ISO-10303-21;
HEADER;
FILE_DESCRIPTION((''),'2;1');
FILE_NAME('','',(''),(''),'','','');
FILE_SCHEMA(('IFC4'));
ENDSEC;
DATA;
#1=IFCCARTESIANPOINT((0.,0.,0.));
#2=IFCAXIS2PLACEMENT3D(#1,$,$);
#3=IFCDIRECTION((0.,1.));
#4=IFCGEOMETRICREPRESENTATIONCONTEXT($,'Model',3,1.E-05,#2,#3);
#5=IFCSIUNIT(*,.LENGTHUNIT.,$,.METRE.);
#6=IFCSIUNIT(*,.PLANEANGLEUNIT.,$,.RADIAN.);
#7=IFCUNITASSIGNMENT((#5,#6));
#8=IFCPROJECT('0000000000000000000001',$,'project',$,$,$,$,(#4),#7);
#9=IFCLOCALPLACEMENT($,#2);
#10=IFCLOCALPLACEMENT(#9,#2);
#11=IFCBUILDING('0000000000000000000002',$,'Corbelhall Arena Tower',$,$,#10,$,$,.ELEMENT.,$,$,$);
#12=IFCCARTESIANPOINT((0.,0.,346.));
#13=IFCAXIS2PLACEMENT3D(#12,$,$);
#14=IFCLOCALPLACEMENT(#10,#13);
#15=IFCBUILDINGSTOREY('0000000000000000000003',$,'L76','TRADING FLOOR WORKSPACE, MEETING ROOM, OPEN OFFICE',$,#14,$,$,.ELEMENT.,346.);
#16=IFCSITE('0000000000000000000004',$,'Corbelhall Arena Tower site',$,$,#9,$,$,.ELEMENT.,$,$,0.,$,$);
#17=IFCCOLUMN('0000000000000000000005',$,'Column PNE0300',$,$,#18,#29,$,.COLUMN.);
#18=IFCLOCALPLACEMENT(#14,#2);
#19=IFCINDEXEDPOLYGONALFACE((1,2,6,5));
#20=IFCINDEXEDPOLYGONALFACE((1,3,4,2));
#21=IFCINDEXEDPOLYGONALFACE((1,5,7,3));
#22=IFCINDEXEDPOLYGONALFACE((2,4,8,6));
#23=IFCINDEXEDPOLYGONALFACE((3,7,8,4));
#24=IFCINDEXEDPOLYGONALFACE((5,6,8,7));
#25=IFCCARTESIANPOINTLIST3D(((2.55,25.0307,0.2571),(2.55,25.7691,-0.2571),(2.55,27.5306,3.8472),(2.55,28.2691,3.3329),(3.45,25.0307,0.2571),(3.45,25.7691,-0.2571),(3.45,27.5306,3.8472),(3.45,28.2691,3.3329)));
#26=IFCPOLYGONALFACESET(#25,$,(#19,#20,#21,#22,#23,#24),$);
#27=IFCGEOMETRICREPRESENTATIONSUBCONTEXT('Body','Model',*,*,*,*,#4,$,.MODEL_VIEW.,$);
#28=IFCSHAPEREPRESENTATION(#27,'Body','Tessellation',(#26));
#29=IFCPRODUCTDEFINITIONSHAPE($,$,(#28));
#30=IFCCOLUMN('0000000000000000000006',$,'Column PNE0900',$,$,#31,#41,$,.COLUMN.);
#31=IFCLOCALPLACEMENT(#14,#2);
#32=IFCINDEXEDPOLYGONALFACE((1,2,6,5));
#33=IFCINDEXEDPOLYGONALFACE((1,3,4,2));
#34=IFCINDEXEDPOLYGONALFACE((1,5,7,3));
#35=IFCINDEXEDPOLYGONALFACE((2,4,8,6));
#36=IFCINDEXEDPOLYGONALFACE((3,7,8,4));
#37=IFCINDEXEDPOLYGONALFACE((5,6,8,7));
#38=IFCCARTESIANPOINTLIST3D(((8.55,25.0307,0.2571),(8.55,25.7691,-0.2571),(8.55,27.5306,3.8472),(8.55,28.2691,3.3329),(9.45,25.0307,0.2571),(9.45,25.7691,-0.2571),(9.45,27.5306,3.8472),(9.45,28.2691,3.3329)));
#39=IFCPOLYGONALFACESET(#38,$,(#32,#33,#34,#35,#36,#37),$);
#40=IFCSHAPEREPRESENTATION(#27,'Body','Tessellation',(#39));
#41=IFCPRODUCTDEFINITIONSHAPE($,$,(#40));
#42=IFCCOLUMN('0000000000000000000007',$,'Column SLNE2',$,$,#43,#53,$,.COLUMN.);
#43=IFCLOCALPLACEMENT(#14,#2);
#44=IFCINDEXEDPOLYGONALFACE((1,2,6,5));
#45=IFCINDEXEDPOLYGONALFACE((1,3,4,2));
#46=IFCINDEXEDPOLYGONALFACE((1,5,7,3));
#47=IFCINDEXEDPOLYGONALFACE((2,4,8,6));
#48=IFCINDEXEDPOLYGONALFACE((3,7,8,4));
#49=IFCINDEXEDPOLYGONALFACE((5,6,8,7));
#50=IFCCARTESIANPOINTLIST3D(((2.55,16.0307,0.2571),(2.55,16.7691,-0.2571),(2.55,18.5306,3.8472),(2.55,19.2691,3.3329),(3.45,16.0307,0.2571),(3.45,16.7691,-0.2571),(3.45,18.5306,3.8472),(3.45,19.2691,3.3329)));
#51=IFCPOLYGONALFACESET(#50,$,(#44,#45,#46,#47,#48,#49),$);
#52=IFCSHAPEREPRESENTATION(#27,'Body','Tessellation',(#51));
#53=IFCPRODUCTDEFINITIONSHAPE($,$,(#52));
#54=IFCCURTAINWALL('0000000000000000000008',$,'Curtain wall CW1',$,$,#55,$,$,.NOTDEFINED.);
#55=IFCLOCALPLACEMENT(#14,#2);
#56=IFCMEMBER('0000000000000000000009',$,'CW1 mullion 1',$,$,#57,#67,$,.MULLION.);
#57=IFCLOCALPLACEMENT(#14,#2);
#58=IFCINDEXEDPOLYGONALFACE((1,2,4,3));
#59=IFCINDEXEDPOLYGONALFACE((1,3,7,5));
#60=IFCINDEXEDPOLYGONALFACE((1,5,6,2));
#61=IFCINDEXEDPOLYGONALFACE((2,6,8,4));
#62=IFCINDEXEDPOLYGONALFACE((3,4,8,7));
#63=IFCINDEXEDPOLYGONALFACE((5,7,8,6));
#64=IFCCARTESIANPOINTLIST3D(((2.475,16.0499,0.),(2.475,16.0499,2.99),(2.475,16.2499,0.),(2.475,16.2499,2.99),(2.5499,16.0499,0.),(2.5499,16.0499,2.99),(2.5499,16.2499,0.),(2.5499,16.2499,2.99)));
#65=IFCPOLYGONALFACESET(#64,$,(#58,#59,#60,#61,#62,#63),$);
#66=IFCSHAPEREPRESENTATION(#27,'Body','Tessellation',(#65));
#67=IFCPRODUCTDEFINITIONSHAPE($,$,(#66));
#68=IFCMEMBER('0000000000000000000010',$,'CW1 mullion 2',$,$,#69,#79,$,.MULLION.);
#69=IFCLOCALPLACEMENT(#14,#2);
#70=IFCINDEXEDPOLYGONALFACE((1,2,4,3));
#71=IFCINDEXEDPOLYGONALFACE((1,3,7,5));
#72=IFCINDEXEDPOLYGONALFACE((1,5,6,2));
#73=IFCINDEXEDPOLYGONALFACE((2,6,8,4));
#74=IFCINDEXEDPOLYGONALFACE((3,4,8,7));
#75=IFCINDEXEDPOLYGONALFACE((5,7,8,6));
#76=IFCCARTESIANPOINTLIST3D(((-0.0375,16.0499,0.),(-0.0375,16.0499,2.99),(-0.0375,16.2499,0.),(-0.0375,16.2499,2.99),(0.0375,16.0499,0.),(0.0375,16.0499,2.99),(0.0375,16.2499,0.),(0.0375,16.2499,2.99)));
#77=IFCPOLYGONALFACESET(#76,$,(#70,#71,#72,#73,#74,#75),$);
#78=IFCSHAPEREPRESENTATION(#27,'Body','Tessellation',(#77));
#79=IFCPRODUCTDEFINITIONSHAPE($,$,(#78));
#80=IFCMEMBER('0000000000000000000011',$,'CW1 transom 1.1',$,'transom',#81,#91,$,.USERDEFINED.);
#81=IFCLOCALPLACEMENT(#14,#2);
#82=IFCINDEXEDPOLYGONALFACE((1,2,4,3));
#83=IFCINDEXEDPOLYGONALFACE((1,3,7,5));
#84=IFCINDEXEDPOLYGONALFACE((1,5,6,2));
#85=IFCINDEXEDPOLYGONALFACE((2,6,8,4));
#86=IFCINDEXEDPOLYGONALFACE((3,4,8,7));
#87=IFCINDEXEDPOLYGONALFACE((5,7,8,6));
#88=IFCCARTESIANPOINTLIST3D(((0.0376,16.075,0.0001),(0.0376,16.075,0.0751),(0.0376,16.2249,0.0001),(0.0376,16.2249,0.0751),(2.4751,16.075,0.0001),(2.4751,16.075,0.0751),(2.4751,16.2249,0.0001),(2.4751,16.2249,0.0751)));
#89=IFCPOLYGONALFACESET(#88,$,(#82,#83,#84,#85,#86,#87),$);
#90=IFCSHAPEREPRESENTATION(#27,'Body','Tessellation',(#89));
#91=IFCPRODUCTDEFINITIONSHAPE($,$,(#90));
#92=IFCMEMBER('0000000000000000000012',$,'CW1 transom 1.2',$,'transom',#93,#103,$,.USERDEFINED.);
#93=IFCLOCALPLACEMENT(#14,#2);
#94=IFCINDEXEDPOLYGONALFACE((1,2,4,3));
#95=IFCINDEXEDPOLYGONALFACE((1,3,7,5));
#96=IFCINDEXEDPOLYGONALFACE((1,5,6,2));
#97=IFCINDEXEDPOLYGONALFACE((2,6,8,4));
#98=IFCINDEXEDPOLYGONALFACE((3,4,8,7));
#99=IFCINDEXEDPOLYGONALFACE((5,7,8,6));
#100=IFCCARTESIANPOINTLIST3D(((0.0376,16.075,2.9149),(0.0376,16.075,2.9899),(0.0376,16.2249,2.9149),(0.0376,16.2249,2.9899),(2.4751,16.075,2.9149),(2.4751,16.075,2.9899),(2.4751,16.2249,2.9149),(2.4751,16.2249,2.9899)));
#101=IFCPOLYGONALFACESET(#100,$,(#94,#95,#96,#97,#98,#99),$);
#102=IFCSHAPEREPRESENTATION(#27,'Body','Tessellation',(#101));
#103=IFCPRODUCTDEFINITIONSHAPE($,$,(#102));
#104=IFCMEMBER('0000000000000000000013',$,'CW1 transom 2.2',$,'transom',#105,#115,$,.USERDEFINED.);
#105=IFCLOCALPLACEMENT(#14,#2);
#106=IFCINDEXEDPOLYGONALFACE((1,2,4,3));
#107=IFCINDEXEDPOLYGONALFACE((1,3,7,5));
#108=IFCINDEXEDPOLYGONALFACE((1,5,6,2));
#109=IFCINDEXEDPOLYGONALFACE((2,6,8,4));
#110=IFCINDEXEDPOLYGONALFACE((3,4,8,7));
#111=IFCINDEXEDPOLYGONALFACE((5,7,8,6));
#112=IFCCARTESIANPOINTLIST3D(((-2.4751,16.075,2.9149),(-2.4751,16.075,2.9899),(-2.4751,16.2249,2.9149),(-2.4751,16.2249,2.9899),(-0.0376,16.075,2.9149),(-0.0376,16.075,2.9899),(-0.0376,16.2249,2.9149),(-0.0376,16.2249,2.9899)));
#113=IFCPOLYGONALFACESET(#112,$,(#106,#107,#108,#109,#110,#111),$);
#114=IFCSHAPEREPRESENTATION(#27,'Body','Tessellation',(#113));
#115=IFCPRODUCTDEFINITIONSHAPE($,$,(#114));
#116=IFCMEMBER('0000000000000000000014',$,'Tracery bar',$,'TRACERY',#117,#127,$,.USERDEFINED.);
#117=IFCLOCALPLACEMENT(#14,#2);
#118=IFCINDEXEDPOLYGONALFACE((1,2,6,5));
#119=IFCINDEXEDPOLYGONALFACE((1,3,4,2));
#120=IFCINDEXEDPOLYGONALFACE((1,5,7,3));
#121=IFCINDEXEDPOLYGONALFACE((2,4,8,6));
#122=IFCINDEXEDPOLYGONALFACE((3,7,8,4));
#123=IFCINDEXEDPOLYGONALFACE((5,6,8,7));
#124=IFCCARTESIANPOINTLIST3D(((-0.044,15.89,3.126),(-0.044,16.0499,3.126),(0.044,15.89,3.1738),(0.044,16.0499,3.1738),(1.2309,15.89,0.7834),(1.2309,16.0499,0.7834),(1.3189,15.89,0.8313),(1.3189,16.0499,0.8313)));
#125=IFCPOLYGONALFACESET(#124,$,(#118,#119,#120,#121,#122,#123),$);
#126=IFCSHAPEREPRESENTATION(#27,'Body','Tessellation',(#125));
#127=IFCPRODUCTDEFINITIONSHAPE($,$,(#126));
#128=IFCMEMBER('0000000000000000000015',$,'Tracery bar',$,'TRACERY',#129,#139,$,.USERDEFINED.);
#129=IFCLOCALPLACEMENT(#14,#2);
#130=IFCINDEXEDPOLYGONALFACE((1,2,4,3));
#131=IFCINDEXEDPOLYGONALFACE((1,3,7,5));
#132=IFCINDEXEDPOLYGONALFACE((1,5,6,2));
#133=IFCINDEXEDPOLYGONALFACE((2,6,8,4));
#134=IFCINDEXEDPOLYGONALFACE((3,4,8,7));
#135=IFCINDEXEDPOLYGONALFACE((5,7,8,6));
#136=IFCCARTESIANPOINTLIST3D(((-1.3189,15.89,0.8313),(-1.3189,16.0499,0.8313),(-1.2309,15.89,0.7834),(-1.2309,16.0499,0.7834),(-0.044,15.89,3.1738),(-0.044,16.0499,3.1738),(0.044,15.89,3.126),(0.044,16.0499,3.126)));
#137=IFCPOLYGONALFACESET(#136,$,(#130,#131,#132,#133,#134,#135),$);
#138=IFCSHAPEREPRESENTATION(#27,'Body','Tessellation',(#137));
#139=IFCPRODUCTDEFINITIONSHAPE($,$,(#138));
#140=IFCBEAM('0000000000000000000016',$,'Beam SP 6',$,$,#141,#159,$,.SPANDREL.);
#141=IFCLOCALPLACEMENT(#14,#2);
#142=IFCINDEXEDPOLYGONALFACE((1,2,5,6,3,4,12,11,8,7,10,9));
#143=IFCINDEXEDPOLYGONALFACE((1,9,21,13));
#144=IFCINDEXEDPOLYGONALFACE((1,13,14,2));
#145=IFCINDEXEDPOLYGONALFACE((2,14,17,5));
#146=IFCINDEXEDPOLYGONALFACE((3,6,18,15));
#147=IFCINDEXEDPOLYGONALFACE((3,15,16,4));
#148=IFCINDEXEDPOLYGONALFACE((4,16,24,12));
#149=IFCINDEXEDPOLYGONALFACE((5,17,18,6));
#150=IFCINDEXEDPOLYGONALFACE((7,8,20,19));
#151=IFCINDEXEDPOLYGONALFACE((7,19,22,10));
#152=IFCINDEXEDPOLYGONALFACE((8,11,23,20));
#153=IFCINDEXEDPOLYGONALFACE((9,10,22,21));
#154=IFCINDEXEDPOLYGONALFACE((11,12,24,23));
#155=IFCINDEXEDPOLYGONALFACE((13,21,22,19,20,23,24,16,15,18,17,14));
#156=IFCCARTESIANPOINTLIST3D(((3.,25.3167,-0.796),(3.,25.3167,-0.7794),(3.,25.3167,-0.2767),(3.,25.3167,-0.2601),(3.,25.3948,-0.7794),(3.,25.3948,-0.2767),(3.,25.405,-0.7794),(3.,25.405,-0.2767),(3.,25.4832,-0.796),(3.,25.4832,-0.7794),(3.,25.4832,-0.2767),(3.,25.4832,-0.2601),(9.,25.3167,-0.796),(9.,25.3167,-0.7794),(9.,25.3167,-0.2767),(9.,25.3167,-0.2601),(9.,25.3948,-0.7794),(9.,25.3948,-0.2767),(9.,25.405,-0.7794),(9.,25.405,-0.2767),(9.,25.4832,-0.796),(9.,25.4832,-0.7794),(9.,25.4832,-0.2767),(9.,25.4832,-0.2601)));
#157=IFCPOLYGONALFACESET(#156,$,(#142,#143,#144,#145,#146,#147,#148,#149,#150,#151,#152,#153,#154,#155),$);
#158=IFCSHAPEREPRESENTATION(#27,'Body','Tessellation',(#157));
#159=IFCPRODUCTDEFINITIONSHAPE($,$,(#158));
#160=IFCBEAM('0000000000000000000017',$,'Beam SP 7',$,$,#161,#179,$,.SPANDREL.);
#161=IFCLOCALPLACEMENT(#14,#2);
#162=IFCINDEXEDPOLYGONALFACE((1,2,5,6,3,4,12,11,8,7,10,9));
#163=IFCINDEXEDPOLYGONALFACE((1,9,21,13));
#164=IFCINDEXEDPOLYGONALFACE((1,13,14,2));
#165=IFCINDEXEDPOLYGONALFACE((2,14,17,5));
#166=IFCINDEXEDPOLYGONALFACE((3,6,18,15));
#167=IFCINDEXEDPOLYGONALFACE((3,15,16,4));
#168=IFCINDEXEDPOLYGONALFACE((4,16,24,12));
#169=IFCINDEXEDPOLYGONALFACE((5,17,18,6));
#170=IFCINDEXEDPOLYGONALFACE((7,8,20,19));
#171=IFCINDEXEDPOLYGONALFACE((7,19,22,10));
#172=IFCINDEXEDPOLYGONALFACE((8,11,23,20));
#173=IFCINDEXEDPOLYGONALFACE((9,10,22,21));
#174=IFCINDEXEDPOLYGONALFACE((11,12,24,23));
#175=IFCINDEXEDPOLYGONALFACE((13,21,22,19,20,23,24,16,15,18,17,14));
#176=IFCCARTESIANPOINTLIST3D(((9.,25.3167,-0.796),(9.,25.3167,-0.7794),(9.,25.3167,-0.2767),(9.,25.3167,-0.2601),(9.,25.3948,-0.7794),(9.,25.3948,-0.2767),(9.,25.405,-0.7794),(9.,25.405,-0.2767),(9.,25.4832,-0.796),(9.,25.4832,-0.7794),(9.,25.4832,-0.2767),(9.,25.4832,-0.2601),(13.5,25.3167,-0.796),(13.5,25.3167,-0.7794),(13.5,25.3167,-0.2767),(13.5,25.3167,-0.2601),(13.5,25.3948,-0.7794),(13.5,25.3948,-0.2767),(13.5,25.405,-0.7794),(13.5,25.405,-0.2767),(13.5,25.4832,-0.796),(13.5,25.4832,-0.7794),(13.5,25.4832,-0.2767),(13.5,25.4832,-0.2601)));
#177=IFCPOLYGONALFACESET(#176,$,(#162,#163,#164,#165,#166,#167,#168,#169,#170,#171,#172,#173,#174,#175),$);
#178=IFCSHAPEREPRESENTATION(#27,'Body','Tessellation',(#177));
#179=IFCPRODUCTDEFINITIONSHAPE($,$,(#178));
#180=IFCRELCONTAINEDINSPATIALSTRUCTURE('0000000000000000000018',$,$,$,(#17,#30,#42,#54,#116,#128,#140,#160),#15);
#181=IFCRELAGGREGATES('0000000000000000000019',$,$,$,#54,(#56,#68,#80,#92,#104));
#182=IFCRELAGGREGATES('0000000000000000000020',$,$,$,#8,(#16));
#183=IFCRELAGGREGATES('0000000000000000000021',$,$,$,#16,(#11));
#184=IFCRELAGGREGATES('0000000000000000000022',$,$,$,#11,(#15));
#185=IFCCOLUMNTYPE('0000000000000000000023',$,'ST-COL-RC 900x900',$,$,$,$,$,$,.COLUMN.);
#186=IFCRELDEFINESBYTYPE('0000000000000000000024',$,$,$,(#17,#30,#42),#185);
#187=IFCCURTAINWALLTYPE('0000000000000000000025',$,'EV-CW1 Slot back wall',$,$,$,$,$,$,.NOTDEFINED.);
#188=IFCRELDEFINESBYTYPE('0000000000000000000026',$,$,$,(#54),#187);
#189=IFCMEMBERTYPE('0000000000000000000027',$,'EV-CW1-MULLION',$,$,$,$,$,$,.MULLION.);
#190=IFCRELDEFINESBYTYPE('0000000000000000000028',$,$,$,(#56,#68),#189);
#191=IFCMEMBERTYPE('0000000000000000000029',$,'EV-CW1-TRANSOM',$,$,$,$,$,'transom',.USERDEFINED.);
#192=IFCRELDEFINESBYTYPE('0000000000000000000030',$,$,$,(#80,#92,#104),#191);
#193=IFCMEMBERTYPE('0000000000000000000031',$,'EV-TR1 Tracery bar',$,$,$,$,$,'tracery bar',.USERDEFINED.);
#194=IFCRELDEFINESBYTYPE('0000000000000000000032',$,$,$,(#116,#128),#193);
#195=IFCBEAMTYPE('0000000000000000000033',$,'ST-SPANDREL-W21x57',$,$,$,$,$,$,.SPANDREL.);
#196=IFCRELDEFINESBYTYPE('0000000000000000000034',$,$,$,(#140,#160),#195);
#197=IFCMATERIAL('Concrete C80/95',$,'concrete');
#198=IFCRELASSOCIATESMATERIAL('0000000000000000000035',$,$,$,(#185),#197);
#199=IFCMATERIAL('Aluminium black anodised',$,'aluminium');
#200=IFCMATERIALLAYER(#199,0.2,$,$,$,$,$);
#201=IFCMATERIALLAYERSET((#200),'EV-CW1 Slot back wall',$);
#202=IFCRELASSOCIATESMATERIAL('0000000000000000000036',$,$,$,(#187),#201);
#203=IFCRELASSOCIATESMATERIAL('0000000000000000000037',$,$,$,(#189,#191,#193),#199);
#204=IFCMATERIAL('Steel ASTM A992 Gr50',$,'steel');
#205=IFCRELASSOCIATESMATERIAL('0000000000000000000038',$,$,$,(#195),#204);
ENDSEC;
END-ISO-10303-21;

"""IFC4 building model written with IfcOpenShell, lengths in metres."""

from ifc_helpers import new_model, si_unit, direction, frame, origin, origin_2d, place, context, subcontext, project, spatial, rectangle, i_section, extrude, material, layer, layer_set, material_profile, profile_set, type_object, element, aggregate, save


model = new_model("IFC4")

# Units and contexts
model_context = context("Model", 3, precision=1e-05, world=origin(), true_north=direction((0.0, 1.0)))
body_context = subcontext(model_context, "Body", "Model", "MODEL_VIEW")
ifc_project = project(units=[si_unit("LENGTHUNIT", "METRE"), si_unit("PLANEANGLEUNIT", "RADIAN")], contexts=[model_context])

# Site, building, storey
site_placement = place(None, origin())
site = spatial("IfcSite", under=ifc_project, at=site_placement, Name="Corbelhall Arena Tower site", CompositionType="ELEMENT", RefElevation=0.0)
building_placement = place(site_placement, origin())
building = spatial("IfcBuilding", under=site, at=building_placement, Name="Corbelhall Arena Tower", CompositionType="ELEMENT")
storey_placement = place(building_placement, frame((0.0, 0.0, 346.0)))
storey = spatial("IfcBuildingStorey", under=building, at=storey_placement, Name="L76", Description="TRADING FLOOR WORKSPACE, MEETING ROOM, OPEN OFFICE", CompositionType="ELEMENT", Elevation=346.0)

# Columns
ifc_material_1 = material(Name="Concrete C80/95", Category="concrete")
ifc_material_profile_1 = material_profile(ifc_material_1, rectangle(XDim=0.8999, YDim=0.8999, at=origin_2d()))
ifc_profile_set_1 = profile_set([ifc_material_profile_1], Name="Concrete C80/95")
column_type = type_object("IfcColumnType", Name="ST-COL-RC 900x900", PredefinedType="COLUMN", material=ifc_profile_set_1)
for number, where, z_axis, x_axis, name in (
    (1, (3.0, 25.3999, 0.0), (0.0, 0.571457, 0.820632), (-1.0, 0.0, 0.0), "Column PNE0300"),
    (2, (9.0, 25.3999, 0.0), (0.0, 0.571457, 0.820632), (-1.0, 0.0, 0.0), "Column PNE0900"),
    (3, (3.0, 16.3999, 0.0), (0.0, 0.571457, 0.820632), (-1.0, 0.0, 0.0), "Column SLNE2"),
):
    element("IfcColumn", number, at=place(storey_placement, frame(where, z_axis=z_axis, x_axis=x_axis)), inside=storey, type_object=column_type, Name=name, PredefinedType="COLUMN", context=body_context, shape_type="SweptSolid", body=[
        extrude(rectangle(XDim=0.8999, YDim=0.8999, at=origin_2d()), origin(), (0.0, 0.0, 1.0), 4.3748),
    ])

# Curtain wall, members
ifc_material_2 = material(Name="Aluminium black anodised", Category="aluminium")
ifc_layer_1 = layer(ifc_material_2, 0.2)
ifc_layer_set_1 = layer_set([ifc_layer_1], Name="EV-CW1 Slot back wall")
curtain_wall_type = type_object("IfcCurtainWallType", Name="EV-CW1 Slot back wall", PredefinedType="NOTDEFINED", material=ifc_layer_set_1)
curtain_wall_placement = place(storey_placement, origin())
curtain_wall = element("IfcCurtainWall", 4, at=curtain_wall_placement, inside=storey, type_object=curtain_wall_type, Name="Curtain wall CW1", PredefinedType="NOTDEFINED")
ifc_material_profile_2 = material_profile(ifc_material_2, rectangle(XDim=0.2, YDim=0.075, at=origin_2d()))
ifc_profile_set_2 = profile_set([ifc_material_profile_2], Name="Aluminium black anodised")
member_type_1 = type_object("IfcMemberType", Name="EV-CW1-MULLION", PredefinedType="MULLION", material=ifc_profile_set_2)
member_1_placement = place(storey_placement, frame((2.5125, 16.1499, 0.0), z_axis=(0.0, 0.0, 1.0), x_axis=(0.0, -1.0, 0.0)))
member_1 = element("IfcMember", 5, at=member_1_placement, type_object=member_type_1, Name="CW1 mullion 1", PredefinedType="MULLION", context=body_context, shape_type="SweptSolid", body=[
    extrude(rectangle(XDim=0.2, YDim=0.075, at=origin_2d()), origin(), (0.0, 0.0, 1.0), 2.99),
])
member_2_placement = place(storey_placement, frame((0.0, 16.1499, 0.0), z_axis=(0.0, 0.0, 1.0), x_axis=(0.0, -1.0, 0.0)))
member_2 = element("IfcMember", 6, at=member_2_placement, type_object=member_type_1, Name="CW1 mullion 2", PredefinedType="MULLION", context=body_context, shape_type="SweptSolid", body=[
    extrude(rectangle(XDim=0.2, YDim=0.075, at=origin_2d()), origin(), (0.0, 0.0, 1.0), 2.99),
])
ifc_material_profile_3 = material_profile(ifc_material_2, rectangle(XDim=0.1499, YDim=0.075, at=origin_2d()))
ifc_profile_set_3 = profile_set([ifc_material_profile_3], Name="Aluminium black anodised")
member_type_2 = type_object("IfcMemberType", Name="EV-CW1-TRANSOM", ElementType="transom", PredefinedType="USERDEFINED", material=ifc_profile_set_3)
member_3_placement = place(storey_placement, frame((2.4751, 16.1499, 0.0376), z_axis=(-1.0, 0.0, 0.0), x_axis=(0.0, -1.0, 0.0)))
member_3 = element("IfcMember", 7, at=member_3_placement, type_object=member_type_2, Name="CW1 transom 1.1", ObjectType="transom", PredefinedType="USERDEFINED", context=body_context, shape_type="SweptSolid", body=[
    extrude(rectangle(XDim=0.1499, YDim=0.075, at=origin_2d()), origin(), (0.0, 0.0, 1.0), 2.4375),
])
member_4_placement = place(storey_placement, frame((2.4751, 16.1499, 2.9524), z_axis=(-1.0, 0.0, 0.0), x_axis=(0.0, -1.0, 0.0)))
member_4 = element("IfcMember", 8, at=member_4_placement, type_object=member_type_2, Name="CW1 transom 1.2", ObjectType="transom", PredefinedType="USERDEFINED", context=body_context, shape_type="SweptSolid", body=[
    extrude(rectangle(XDim=0.1499, YDim=0.075, at=origin_2d()), origin(), (0.0, 0.0, 1.0), 2.4375),
])
member_5_placement = place(storey_placement, frame((-0.0376, 16.1499, 2.9524), z_axis=(-1.0, 0.0, 0.0), x_axis=(0.0, -1.0, 0.0)))
member_5 = element("IfcMember", 9, at=member_5_placement, type_object=member_type_2, Name="CW1 transom 2.2", ObjectType="transom", PredefinedType="USERDEFINED", context=body_context, shape_type="SweptSolid", body=[
    extrude(rectangle(XDim=0.1499, YDim=0.075, at=origin_2d()), origin(), (0.0, 0.0, 1.0), 2.4375),
])

# Members
ifc_material_profile_4 = material_profile(ifc_material_2, rectangle(XDim=0.1599, YDim=0.1001, at=origin_2d()))
ifc_profile_set_4 = profile_set([ifc_material_profile_4], Name="Aluminium black anodised")
member_type_3 = type_object("IfcMemberType", Name="EV-TR1 Tracery bar", ElementType="tracery bar", PredefinedType="USERDEFINED", material=ifc_profile_set_4)
for number, where, z_axis, x_axis, name in (
    (10, (1.2749, 15.97, 0.8074), (-0.478031, 0.0, 0.878343), (0.0, -1.0, 0.0), "Tracery bar"),
    (11, (0.0, 15.97, 3.1499), (-0.478031, 0.0, -0.878343), (0.0, -1.0, 0.0), "Tracery bar"),
):
    element("IfcMember", number, at=place(storey_placement, frame(where, z_axis=z_axis, x_axis=x_axis)), inside=storey, type_object=member_type_3, Name=name, ObjectType="TRACERY", PredefinedType="USERDEFINED", context=body_context, shape_type="SweptSolid", body=[
        extrude(rectangle(XDim=0.1599, YDim=0.1001, at=origin_2d()), origin(), (0.0, 0.0, 1.0), 2.667),
    ])

# Beams
ifc_material_3 = material(Name="Steel ASTM A992 Gr50", Category="steel")
ifc_material_profile_5 = material_profile(ifc_material_3, i_section(OverallWidth=0.1665, OverallDepth=0.5359, WebThickness=0.0103, FlangeThickness=0.0166, at=origin_2d()))
ifc_profile_set_5 = profile_set([ifc_material_profile_5], Name="Steel ASTM A992 Gr50")
beam_type_1 = type_object("IfcBeamType", Name="ST-SPANDREL-W21x57", PredefinedType="SPANDREL", material=ifc_profile_set_5)
beam_1_placement = place(storey_placement, frame((3.0, 25.3999, -0.5281), z_axis=(1.0, 0.0, 0.0), x_axis=(0.0, 1.0, 0.0)))
element("IfcBeam", 12, at=beam_1_placement, inside=storey, type_object=beam_type_1, Name="Beam SP 6", PredefinedType="SPANDREL", context=body_context, shape_type="SweptSolid", body=[
    extrude(i_section(OverallWidth=0.1665, OverallDepth=0.5359, WebThickness=0.0103, FlangeThickness=0.0166, at=origin_2d()), origin(), (0.0, 0.0, 1.0), 6.0),
])
beam_2_placement = place(storey_placement, frame((9.0, 25.3999, -0.5281), z_axis=(1.0, 0.0, 0.0), x_axis=(0.0, 1.0, 0.0)))
element("IfcBeam", 13, at=beam_2_placement, inside=storey, type_object=beam_type_1, Name="Beam SP 7", PredefinedType="SPANDREL", context=body_context, shape_type="SweptSolid", body=[
    extrude(i_section(OverallWidth=0.1665, OverallDepth=0.5359, WebThickness=0.0103, FlangeThickness=0.0166, at=origin_2d()), origin(), (0.0, 0.0, 1.0), 4.5),
])

aggregate(curtain_wall, [member_1, member_2, member_3, member_4, member_5])

save(model, "model.ifc")
